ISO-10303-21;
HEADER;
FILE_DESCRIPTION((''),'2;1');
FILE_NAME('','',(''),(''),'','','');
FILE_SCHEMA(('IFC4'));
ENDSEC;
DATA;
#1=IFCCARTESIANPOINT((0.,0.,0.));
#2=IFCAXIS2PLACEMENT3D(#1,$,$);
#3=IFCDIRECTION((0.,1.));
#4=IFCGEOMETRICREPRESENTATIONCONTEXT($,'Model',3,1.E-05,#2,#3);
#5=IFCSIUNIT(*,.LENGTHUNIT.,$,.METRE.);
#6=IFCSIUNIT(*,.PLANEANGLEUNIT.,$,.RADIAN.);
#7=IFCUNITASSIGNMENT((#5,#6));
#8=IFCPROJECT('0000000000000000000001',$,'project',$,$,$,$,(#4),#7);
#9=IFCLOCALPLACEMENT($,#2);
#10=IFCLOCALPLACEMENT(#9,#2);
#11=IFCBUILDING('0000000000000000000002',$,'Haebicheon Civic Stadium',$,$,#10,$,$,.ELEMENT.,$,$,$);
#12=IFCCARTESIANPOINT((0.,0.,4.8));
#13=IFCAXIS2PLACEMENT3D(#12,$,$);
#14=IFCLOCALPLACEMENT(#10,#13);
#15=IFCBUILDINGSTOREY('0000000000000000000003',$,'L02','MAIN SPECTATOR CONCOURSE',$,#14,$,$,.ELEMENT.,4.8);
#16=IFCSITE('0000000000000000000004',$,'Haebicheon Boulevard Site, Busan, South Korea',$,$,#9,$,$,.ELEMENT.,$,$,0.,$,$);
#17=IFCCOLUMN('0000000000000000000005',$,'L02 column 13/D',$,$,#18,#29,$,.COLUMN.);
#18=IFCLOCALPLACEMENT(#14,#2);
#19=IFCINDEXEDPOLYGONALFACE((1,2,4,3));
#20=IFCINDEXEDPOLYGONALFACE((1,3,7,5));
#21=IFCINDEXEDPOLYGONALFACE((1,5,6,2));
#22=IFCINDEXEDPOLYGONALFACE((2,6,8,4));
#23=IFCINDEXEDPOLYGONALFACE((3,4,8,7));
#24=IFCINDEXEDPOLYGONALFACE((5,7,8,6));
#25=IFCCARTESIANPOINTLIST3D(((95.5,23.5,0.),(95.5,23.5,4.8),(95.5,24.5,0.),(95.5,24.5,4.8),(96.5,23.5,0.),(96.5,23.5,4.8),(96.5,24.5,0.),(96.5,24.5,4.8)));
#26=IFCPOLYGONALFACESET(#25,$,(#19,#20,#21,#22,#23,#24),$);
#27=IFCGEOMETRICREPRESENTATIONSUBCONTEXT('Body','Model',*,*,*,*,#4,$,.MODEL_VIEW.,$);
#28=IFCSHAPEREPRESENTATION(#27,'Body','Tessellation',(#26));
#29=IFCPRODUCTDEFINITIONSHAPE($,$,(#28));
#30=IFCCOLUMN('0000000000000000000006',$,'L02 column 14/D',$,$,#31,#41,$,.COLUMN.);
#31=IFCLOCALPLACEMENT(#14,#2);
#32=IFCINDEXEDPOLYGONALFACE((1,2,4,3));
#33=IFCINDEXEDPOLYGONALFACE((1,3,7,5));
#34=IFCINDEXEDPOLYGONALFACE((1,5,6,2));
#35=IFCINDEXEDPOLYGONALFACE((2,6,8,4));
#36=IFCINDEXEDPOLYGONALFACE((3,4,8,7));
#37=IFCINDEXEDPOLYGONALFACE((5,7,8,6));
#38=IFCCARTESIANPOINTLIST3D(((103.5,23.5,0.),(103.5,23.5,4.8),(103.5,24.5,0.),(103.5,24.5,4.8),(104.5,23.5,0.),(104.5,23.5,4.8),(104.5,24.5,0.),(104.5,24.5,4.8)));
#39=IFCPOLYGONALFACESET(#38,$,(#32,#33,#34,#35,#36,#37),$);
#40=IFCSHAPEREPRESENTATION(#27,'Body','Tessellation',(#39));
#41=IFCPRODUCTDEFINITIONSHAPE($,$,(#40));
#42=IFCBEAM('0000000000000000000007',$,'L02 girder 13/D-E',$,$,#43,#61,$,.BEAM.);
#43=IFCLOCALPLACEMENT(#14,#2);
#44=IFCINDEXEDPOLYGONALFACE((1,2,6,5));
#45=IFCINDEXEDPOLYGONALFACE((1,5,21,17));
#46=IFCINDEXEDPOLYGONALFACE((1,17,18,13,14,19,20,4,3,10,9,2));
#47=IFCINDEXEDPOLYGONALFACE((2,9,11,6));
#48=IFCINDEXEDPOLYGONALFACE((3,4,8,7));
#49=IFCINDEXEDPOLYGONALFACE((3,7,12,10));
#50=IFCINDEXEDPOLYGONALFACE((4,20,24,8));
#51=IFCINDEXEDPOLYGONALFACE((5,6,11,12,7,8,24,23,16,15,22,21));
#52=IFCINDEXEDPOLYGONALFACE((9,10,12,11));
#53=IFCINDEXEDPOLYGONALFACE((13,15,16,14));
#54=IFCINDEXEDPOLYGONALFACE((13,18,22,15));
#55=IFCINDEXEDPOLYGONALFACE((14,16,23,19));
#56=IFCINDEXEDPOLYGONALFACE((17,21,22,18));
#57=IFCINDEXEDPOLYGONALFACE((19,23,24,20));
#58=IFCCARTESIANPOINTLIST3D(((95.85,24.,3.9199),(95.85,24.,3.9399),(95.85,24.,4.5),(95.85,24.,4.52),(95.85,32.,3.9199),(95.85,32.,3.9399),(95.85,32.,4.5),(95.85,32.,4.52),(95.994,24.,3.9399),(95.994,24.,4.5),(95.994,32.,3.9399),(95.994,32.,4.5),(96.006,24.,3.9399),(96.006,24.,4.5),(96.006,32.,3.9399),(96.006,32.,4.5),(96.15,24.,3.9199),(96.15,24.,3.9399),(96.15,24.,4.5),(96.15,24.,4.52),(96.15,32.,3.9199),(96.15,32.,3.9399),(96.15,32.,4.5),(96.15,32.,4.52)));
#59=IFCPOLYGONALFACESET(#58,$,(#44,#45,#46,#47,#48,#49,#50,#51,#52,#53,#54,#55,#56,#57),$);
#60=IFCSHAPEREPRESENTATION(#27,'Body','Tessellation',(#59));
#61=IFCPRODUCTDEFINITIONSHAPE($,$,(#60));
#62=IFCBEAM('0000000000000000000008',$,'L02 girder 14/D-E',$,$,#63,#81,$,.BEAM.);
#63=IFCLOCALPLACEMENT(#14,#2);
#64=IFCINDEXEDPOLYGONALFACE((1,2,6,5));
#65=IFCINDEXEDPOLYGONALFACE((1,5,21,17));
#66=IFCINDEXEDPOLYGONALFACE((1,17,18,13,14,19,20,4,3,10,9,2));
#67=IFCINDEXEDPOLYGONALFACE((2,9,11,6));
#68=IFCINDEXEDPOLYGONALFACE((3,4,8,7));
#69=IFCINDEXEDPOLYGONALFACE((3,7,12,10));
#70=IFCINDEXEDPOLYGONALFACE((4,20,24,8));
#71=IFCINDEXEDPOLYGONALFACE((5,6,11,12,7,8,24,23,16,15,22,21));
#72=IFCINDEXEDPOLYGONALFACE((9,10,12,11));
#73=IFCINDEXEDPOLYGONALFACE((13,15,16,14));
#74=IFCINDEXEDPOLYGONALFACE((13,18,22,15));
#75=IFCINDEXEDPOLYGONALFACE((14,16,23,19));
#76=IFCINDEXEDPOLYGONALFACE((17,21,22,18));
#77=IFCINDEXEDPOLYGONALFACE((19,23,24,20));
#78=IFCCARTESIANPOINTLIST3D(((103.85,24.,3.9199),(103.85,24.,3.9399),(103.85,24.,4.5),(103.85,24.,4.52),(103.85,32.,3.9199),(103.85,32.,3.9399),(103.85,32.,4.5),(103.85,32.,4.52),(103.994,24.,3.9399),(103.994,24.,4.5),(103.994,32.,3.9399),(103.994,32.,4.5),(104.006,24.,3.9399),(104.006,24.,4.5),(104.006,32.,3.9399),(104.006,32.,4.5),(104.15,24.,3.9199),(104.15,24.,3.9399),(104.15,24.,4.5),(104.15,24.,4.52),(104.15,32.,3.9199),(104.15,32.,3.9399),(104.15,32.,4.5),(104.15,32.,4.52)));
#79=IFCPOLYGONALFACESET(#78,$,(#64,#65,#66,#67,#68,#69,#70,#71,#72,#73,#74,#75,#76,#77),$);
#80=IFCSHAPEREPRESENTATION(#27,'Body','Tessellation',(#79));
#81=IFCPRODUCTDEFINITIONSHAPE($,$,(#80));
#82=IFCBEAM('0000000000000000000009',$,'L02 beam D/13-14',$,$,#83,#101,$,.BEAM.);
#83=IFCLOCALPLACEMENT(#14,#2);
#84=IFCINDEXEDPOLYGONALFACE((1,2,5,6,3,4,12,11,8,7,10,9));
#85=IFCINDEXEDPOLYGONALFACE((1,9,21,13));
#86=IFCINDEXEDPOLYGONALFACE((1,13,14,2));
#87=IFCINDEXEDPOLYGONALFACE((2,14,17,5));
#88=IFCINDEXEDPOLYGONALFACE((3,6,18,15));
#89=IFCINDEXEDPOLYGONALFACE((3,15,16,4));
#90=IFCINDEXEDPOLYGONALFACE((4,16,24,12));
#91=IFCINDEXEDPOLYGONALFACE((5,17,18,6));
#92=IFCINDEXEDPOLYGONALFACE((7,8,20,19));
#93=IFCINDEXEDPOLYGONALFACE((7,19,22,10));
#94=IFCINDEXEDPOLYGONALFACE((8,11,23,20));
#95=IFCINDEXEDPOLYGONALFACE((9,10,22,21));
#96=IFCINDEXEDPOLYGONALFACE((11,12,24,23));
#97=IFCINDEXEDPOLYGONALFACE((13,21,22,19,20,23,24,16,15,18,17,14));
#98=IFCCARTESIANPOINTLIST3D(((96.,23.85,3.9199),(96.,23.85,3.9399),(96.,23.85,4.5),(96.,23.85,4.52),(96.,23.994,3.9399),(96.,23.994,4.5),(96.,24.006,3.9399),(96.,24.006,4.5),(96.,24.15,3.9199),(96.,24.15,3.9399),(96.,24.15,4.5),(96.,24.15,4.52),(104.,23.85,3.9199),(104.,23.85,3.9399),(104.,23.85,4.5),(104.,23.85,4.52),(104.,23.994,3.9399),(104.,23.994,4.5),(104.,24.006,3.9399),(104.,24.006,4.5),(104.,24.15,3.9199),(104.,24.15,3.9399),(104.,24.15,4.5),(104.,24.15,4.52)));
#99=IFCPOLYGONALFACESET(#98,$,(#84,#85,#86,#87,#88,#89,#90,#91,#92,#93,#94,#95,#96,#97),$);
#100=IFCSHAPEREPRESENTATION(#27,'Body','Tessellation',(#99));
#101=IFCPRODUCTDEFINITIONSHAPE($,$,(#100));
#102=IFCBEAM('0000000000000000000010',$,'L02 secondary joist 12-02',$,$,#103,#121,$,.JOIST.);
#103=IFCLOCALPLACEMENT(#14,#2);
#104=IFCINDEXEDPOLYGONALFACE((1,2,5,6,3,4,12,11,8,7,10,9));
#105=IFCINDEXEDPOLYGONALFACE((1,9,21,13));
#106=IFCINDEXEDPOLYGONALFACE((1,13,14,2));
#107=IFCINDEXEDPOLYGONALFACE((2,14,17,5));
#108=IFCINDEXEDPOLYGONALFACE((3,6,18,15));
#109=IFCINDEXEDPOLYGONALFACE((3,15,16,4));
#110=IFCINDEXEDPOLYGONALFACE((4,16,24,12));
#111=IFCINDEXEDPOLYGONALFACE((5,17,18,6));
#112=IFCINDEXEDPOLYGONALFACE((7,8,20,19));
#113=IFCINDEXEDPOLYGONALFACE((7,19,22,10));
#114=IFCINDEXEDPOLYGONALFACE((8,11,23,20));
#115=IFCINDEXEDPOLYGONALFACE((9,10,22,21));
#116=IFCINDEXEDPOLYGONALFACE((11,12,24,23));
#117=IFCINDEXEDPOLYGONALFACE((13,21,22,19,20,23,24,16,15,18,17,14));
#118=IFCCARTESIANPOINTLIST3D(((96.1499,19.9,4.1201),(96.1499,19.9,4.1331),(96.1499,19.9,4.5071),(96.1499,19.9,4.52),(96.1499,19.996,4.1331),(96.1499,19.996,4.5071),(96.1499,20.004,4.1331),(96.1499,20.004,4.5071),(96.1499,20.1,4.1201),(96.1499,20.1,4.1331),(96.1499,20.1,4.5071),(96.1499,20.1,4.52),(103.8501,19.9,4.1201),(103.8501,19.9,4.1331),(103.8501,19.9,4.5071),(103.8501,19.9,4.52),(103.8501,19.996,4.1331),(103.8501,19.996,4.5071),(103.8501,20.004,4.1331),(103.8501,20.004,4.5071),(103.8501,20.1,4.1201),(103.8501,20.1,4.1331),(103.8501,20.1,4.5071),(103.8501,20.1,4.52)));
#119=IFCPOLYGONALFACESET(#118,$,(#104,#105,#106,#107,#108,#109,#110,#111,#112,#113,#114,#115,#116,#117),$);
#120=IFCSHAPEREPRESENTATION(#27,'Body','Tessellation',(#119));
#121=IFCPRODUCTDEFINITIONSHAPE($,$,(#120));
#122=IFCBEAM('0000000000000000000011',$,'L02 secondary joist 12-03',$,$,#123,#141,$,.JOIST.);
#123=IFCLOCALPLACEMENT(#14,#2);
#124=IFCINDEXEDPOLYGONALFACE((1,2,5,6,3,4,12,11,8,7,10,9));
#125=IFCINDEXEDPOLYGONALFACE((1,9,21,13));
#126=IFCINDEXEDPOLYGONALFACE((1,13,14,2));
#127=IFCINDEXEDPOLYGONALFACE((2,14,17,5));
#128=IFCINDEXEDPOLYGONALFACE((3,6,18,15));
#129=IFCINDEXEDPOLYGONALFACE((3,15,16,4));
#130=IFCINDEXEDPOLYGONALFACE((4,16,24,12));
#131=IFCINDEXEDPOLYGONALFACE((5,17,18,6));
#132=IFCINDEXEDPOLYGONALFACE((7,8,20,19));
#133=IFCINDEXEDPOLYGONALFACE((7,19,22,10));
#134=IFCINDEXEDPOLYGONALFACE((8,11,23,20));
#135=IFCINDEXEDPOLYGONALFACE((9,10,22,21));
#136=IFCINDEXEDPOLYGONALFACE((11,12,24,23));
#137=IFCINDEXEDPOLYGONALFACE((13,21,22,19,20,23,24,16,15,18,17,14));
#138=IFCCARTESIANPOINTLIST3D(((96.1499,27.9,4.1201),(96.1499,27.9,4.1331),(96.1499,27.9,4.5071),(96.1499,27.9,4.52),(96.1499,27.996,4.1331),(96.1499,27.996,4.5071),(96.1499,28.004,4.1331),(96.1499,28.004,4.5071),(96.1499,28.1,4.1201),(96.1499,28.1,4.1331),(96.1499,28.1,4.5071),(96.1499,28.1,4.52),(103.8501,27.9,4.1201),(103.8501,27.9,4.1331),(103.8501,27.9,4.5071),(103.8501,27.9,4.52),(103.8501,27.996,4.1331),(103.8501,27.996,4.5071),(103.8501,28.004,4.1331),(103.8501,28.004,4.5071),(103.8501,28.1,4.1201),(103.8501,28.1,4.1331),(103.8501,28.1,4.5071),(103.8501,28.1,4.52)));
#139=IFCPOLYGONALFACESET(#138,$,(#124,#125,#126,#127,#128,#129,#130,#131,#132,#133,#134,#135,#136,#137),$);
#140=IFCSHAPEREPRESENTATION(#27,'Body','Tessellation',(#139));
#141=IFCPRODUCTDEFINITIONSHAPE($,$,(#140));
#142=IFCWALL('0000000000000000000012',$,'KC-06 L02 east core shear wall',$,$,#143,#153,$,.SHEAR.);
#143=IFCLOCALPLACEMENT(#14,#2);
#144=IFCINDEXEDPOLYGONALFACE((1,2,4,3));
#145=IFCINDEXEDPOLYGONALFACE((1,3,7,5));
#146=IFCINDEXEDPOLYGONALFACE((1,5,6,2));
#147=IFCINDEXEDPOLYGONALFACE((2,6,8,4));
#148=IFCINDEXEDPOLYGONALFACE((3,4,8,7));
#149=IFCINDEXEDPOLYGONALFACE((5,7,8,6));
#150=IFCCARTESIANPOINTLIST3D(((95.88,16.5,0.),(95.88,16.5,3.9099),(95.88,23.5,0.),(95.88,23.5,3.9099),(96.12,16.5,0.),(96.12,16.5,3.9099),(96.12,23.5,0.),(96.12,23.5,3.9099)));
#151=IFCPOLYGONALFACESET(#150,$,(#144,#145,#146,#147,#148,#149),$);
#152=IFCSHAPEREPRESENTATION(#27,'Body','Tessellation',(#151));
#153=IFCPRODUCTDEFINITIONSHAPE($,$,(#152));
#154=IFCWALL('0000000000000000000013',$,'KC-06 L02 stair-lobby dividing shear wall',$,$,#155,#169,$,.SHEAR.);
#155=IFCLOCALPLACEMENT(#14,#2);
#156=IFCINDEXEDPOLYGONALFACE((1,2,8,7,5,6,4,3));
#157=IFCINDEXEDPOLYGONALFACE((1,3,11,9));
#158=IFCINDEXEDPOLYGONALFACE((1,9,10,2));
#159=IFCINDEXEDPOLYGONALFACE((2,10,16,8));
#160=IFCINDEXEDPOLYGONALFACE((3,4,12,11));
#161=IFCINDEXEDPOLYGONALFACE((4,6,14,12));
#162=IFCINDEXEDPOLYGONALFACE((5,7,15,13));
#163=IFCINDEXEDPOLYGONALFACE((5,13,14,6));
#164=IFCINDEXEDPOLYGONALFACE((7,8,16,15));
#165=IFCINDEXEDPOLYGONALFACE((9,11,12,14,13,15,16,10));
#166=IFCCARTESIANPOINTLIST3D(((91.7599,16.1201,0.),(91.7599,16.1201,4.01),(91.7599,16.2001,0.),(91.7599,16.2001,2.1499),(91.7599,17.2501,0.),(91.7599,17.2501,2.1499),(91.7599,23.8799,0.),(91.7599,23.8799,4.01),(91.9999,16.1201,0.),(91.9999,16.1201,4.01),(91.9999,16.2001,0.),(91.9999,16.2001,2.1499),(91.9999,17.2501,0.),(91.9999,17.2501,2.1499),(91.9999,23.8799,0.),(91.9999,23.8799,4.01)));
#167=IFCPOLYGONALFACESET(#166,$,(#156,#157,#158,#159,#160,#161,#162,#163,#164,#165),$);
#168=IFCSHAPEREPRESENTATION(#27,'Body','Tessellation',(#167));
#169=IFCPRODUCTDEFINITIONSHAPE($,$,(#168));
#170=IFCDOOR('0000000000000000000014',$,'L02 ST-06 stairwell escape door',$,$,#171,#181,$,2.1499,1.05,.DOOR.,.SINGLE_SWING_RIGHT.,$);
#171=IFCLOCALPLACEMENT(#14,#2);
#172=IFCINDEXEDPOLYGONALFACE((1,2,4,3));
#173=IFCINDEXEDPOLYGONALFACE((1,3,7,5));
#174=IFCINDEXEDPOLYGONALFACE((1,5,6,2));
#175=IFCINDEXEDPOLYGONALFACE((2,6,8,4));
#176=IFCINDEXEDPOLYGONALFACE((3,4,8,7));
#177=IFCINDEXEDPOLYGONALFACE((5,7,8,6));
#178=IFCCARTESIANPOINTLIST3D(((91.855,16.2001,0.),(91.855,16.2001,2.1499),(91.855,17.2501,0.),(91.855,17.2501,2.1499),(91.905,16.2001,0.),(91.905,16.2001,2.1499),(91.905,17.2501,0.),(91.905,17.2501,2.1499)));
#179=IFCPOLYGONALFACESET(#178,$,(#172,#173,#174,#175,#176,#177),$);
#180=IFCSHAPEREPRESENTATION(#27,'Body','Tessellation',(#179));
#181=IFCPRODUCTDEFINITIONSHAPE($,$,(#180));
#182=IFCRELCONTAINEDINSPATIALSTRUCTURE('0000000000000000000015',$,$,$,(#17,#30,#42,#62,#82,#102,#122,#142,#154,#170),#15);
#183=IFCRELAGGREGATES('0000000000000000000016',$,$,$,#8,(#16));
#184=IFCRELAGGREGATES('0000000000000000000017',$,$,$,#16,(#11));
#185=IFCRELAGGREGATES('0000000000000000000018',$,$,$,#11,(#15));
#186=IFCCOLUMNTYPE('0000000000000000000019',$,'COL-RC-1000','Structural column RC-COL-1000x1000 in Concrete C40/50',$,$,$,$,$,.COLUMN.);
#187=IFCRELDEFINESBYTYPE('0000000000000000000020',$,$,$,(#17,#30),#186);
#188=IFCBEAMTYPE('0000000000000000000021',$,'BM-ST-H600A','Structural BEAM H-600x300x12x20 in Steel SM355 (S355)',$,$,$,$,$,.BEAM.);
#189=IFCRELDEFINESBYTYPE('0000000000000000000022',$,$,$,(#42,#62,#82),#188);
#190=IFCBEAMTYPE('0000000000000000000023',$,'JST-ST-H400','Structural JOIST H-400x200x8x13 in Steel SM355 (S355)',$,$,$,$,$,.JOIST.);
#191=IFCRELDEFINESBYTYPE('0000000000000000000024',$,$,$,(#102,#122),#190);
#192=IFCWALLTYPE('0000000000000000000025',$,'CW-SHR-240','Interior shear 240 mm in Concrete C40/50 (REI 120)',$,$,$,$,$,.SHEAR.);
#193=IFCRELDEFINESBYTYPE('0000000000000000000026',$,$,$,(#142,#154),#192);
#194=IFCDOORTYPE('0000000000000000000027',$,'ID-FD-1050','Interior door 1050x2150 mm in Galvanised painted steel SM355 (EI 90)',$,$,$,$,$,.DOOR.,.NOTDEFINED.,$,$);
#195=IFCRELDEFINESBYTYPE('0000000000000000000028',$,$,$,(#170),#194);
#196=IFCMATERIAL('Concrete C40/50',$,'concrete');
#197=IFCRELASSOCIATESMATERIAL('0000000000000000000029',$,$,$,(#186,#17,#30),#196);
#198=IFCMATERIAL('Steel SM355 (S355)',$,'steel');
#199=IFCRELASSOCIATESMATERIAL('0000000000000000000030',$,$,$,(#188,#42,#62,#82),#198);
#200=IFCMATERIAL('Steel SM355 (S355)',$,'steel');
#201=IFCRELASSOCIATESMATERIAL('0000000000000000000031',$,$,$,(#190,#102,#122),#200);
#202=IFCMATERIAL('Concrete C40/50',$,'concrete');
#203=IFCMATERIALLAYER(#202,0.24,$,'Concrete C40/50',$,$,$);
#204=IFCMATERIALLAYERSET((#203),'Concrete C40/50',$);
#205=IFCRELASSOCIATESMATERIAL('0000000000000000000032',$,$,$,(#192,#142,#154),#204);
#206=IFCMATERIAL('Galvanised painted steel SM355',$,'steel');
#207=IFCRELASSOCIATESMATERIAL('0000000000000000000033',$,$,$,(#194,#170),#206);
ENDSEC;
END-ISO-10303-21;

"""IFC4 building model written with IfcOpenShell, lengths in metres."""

from ifc_helpers import new_model, si_unit, direction, frame, frame_2d, origin, origin_2d, place, context, subcontext, project, spatial, rectangle, i_section, extrude, material, layer, layer_set, material_profile, profile_set, type_object, element, fill, save


model = new_model("IFC4")

# Units and contexts
model_context = context("Model", 3, precision=1e-05, world=origin(), true_north=direction((0.0, 1.0)))
body_context = subcontext(model_context, "Body", "Model", "MODEL_VIEW")
ifc_project = project(units=[si_unit("LENGTHUNIT", "METRE"), si_unit("PLANEANGLEUNIT", "RADIAN")], contexts=[model_context])

# Site, building, storey
site_placement = place(None, origin())
site = spatial("IfcSite", under=ifc_project, at=site_placement, Name="Haebicheon Boulevard Site, Busan, South Korea", CompositionType="ELEMENT", RefElevation=0.0)
building_placement = place(site_placement, origin())
building = spatial("IfcBuilding", under=site, at=building_placement, Name="Haebicheon Civic Stadium", CompositionType="ELEMENT")
storey_placement = place(building_placement, frame((0.0, 0.0, 4.8)))
storey = spatial("IfcBuildingStorey", under=building, at=storey_placement, Name="L02", Description="MAIN SPECTATOR CONCOURSE", CompositionType="ELEMENT", Elevation=4.8)

# Columns
ifc_material_1 = material(Name="Concrete C40/50", Category="concrete")
ifc_material_profile_1 = material_profile(ifc_material_1, rectangle(XDim=1.0, YDim=1.0, at=origin_2d()), Name="RC-COL-1000x1000")
ifc_profile_set_1 = profile_set([ifc_material_profile_1], Name="Concrete C40/50")
column_type = type_object("IfcColumnType", Name="COL-RC-1000", Description="Structural column RC-COL-1000x1000 in Concrete C40/50", PredefinedType="COLUMN", material=ifc_profile_set_1)
for number, where, z_axis, x_axis, name in (
    (1, (96.0, 24.0, 0.0), (0.0, 0.0, 1.0), (1.0, 0.0, 0.0), "L02 column 13/D"),
    (2, (104.0, 24.0, 0.0), (0.0, 0.0, 1.0), (1.0, 0.0, 0.0), "L02 column 14/D"),
):
    element("IfcColumn", number, at=place(storey_placement, frame(where, z_axis=z_axis, x_axis=x_axis)), inside=storey, type_object=column_type, material=ifc_profile_set_1, Name=name, PredefinedType="COLUMN", context=body_context, shape_type="SweptSolid", body=[
        extrude(rectangle(XDim=1.0, YDim=1.0, at=origin_2d()), origin(), (0.0, 0.0, 1.0), 4.8),
    ])

# Beams
ifc_material_2 = material(Name="Steel SM355 (S355)", Category="steel")
ifc_material_profile_2 = material_profile(ifc_material_2, i_section(OverallWidth=0.3, OverallDepth=0.6001, WebThickness=0.012, FlangeThickness=0.02, at=origin_2d()), Name="H-600x300x12x20")
ifc_profile_set_2 = profile_set([ifc_material_profile_2], Name="Steel SM355 (S355)")
beam_type_1 = type_object("IfcBeamType", Name="BM-ST-H600A", Description="Structural BEAM H-600x300x12x20 in Steel SM355 (S355)", PredefinedType="BEAM", material=ifc_profile_set_2)
for number, where, z_axis, x_axis, name in (
    (3, (96.0, 24.0, 4.22), (0.0, 1.0, 0.0), (-1.0, 0.0, 0.0), "L02 girder 13/D-E"),
    (4, (104.0, 24.0, 4.22), (0.0, 1.0, 0.0), (-1.0, 0.0, 0.0), "L02 girder 14/D-E"),
    (5, (96.0, 24.0, 4.22), (1.0, 0.0, 0.0), (0.0, 1.0, 0.0), "L02 beam D/13-14"),
):
    element("IfcBeam", number, at=place(storey_placement, frame(where, z_axis=z_axis, x_axis=x_axis)), inside=storey, type_object=beam_type_1, material=ifc_profile_set_2, Name=name, PredefinedType="BEAM", context=body_context, shape_type="SweptSolid", body=[
        extrude(i_section(OverallWidth=0.3, OverallDepth=0.6001, WebThickness=0.012, FlangeThickness=0.02, at=origin_2d()), origin(), (0.0, 0.0, 1.0), 8.0),
    ])
ifc_material_3 = material(Name="Steel SM355 (S355)", Category="steel")
ifc_material_profile_3 = material_profile(ifc_material_3, i_section(OverallWidth=0.2, OverallDepth=0.3999, WebThickness=0.0081, FlangeThickness=0.0129, at=origin_2d()), Name="H-400x200x8x13")
ifc_profile_set_3 = profile_set([ifc_material_profile_3], Name="Steel SM355 (S355)")
beam_type_2 = type_object("IfcBeamType", Name="JST-ST-H400", Description="Structural JOIST H-400x200x8x13 in Steel SM355 (S355)", PredefinedType="JOIST", material=ifc_profile_set_3)
for number, where, z_axis, x_axis, name in (
    (6, (96.1499, 20.0, 4.3201), (1.0, 0.0, 0.0), (0.0, 1.0, 0.0), "L02 secondary joist 12-02"),
    (7, (96.1499, 28.0, 4.3201), (1.0, 0.0, 0.0), (0.0, 1.0, 0.0), "L02 secondary joist 12-03"),
):
    element("IfcBeam", number, at=place(storey_placement, frame(where, z_axis=z_axis, x_axis=x_axis)), inside=storey, type_object=beam_type_2, material=ifc_profile_set_3, Name=name, PredefinedType="JOIST", context=body_context, shape_type="SweptSolid", body=[
        extrude(i_section(OverallWidth=0.2, OverallDepth=0.3999, WebThickness=0.0081, FlangeThickness=0.0129, at=origin_2d()), origin(), (0.0, 0.0, 1.0), 7.7002),
    ])

# Wall
ifc_material_4 = material(Name="Concrete C40/50", Category="concrete")
ifc_layer_1 = layer(ifc_material_4, 0.24, Name="Concrete C40/50")
ifc_layer_set_1 = layer_set([ifc_layer_1], Name="Concrete C40/50")
wall_type_1 = type_object("IfcWallType", Name="CW-SHR-240", Description="Interior shear 240 mm in Concrete C40/50 (REI 120)", PredefinedType="SHEAR", material=ifc_layer_set_1)
wall_1_placement = place(storey_placement, frame((96.0, 16.5, 0.0), z_axis=(0.0, 0.0, 1.0), x_axis=(0.0, 1.0, 0.0)))
element("IfcWall", 8, at=wall_1_placement, inside=storey, type_object=wall_type_1, material=ifc_layer_set_1, Name="KC-06 L02 east core shear wall", PredefinedType="SHEAR", context=body_context, shape_type="SweptSolid", body=[
    extrude(rectangle(XDim=7.0, YDim=0.24, at=frame_2d((3.5, 0.0))), origin(), (0.0, 0.0, 1.0), 3.9099),
])

# Wall, opening, door
wall_2_placement = place(storey_placement, frame((91.8799, 16.1201, 0.0), z_axis=(0.0, 0.0, 1.0), x_axis=(0.0, 1.0, 0.0)))
wall_2 = element("IfcWall", 9, at=wall_2_placement, inside=storey, type_object=wall_type_1, material=ifc_layer_set_1, Name="KC-06 L02 stair-lobby dividing shear wall", PredefinedType="SHEAR", context=body_context, shape_type="SweptSolid", body=[
    extrude(rectangle(XDim=7.7598, YDim=0.24, at=frame_2d((3.8799, 0.0))), origin(), (0.0, 0.0, 1.0), 4.01),
])
opening_1_placement = place(wall_2_placement, frame((0.0801, 0.0, 0.0)))
opening_1 = element("IfcOpeningElement", 10, at=opening_1_placement, cuts=wall_2, PredefinedType="OPENING", context=body_context, shape_type="SweptSolid", body=[
    extrude(rectangle(XDim=1.05, YDim=2.1499, at=frame_2d((0.5249, 1.075))), frame((0.0, 0.1299, 0.0), z_axis=(0.0, -1.0, 0.0), x_axis=(1.0, 0.0, 0.0)), (0.0, 0.0, 1.0), 0.26),
])
ifc_material_5 = material(Name="Galvanised painted steel SM355", Category="steel")
door_type_1 = type_object("IfcDoorType", Name="ID-FD-1050", Description="Interior door 1050x2150 mm in Galvanised painted steel SM355 (EI 90)", OperationType="NOTDEFINED", PredefinedType="DOOR", material=ifc_material_5)
door_1_placement = place(opening_1_placement, origin())
door_1 = element("IfcDoor", 11, at=door_1_placement, inside=storey, type_object=door_type_1, material=ifc_material_5, Name="L02 ST-06 stairwell escape door", OperationType="SINGLE_SWING_RIGHT", OverallHeight=2.1499, OverallWidth=1.05, PredefinedType="DOOR", context=body_context, shape_type="SweptSolid", body=[
    extrude(rectangle(XDim=1.05, YDim=2.1499, at=frame_2d((0.5249, 1.075))), frame((0.0, 0.0249, 0.0), z_axis=(0.0, -1.0, 0.0), x_axis=(1.0, 0.0, 0.0)), (0.0, 0.0, 1.0), 0.05),
])
fill(opening_1, door_1)

save(model, "model.ifc")
